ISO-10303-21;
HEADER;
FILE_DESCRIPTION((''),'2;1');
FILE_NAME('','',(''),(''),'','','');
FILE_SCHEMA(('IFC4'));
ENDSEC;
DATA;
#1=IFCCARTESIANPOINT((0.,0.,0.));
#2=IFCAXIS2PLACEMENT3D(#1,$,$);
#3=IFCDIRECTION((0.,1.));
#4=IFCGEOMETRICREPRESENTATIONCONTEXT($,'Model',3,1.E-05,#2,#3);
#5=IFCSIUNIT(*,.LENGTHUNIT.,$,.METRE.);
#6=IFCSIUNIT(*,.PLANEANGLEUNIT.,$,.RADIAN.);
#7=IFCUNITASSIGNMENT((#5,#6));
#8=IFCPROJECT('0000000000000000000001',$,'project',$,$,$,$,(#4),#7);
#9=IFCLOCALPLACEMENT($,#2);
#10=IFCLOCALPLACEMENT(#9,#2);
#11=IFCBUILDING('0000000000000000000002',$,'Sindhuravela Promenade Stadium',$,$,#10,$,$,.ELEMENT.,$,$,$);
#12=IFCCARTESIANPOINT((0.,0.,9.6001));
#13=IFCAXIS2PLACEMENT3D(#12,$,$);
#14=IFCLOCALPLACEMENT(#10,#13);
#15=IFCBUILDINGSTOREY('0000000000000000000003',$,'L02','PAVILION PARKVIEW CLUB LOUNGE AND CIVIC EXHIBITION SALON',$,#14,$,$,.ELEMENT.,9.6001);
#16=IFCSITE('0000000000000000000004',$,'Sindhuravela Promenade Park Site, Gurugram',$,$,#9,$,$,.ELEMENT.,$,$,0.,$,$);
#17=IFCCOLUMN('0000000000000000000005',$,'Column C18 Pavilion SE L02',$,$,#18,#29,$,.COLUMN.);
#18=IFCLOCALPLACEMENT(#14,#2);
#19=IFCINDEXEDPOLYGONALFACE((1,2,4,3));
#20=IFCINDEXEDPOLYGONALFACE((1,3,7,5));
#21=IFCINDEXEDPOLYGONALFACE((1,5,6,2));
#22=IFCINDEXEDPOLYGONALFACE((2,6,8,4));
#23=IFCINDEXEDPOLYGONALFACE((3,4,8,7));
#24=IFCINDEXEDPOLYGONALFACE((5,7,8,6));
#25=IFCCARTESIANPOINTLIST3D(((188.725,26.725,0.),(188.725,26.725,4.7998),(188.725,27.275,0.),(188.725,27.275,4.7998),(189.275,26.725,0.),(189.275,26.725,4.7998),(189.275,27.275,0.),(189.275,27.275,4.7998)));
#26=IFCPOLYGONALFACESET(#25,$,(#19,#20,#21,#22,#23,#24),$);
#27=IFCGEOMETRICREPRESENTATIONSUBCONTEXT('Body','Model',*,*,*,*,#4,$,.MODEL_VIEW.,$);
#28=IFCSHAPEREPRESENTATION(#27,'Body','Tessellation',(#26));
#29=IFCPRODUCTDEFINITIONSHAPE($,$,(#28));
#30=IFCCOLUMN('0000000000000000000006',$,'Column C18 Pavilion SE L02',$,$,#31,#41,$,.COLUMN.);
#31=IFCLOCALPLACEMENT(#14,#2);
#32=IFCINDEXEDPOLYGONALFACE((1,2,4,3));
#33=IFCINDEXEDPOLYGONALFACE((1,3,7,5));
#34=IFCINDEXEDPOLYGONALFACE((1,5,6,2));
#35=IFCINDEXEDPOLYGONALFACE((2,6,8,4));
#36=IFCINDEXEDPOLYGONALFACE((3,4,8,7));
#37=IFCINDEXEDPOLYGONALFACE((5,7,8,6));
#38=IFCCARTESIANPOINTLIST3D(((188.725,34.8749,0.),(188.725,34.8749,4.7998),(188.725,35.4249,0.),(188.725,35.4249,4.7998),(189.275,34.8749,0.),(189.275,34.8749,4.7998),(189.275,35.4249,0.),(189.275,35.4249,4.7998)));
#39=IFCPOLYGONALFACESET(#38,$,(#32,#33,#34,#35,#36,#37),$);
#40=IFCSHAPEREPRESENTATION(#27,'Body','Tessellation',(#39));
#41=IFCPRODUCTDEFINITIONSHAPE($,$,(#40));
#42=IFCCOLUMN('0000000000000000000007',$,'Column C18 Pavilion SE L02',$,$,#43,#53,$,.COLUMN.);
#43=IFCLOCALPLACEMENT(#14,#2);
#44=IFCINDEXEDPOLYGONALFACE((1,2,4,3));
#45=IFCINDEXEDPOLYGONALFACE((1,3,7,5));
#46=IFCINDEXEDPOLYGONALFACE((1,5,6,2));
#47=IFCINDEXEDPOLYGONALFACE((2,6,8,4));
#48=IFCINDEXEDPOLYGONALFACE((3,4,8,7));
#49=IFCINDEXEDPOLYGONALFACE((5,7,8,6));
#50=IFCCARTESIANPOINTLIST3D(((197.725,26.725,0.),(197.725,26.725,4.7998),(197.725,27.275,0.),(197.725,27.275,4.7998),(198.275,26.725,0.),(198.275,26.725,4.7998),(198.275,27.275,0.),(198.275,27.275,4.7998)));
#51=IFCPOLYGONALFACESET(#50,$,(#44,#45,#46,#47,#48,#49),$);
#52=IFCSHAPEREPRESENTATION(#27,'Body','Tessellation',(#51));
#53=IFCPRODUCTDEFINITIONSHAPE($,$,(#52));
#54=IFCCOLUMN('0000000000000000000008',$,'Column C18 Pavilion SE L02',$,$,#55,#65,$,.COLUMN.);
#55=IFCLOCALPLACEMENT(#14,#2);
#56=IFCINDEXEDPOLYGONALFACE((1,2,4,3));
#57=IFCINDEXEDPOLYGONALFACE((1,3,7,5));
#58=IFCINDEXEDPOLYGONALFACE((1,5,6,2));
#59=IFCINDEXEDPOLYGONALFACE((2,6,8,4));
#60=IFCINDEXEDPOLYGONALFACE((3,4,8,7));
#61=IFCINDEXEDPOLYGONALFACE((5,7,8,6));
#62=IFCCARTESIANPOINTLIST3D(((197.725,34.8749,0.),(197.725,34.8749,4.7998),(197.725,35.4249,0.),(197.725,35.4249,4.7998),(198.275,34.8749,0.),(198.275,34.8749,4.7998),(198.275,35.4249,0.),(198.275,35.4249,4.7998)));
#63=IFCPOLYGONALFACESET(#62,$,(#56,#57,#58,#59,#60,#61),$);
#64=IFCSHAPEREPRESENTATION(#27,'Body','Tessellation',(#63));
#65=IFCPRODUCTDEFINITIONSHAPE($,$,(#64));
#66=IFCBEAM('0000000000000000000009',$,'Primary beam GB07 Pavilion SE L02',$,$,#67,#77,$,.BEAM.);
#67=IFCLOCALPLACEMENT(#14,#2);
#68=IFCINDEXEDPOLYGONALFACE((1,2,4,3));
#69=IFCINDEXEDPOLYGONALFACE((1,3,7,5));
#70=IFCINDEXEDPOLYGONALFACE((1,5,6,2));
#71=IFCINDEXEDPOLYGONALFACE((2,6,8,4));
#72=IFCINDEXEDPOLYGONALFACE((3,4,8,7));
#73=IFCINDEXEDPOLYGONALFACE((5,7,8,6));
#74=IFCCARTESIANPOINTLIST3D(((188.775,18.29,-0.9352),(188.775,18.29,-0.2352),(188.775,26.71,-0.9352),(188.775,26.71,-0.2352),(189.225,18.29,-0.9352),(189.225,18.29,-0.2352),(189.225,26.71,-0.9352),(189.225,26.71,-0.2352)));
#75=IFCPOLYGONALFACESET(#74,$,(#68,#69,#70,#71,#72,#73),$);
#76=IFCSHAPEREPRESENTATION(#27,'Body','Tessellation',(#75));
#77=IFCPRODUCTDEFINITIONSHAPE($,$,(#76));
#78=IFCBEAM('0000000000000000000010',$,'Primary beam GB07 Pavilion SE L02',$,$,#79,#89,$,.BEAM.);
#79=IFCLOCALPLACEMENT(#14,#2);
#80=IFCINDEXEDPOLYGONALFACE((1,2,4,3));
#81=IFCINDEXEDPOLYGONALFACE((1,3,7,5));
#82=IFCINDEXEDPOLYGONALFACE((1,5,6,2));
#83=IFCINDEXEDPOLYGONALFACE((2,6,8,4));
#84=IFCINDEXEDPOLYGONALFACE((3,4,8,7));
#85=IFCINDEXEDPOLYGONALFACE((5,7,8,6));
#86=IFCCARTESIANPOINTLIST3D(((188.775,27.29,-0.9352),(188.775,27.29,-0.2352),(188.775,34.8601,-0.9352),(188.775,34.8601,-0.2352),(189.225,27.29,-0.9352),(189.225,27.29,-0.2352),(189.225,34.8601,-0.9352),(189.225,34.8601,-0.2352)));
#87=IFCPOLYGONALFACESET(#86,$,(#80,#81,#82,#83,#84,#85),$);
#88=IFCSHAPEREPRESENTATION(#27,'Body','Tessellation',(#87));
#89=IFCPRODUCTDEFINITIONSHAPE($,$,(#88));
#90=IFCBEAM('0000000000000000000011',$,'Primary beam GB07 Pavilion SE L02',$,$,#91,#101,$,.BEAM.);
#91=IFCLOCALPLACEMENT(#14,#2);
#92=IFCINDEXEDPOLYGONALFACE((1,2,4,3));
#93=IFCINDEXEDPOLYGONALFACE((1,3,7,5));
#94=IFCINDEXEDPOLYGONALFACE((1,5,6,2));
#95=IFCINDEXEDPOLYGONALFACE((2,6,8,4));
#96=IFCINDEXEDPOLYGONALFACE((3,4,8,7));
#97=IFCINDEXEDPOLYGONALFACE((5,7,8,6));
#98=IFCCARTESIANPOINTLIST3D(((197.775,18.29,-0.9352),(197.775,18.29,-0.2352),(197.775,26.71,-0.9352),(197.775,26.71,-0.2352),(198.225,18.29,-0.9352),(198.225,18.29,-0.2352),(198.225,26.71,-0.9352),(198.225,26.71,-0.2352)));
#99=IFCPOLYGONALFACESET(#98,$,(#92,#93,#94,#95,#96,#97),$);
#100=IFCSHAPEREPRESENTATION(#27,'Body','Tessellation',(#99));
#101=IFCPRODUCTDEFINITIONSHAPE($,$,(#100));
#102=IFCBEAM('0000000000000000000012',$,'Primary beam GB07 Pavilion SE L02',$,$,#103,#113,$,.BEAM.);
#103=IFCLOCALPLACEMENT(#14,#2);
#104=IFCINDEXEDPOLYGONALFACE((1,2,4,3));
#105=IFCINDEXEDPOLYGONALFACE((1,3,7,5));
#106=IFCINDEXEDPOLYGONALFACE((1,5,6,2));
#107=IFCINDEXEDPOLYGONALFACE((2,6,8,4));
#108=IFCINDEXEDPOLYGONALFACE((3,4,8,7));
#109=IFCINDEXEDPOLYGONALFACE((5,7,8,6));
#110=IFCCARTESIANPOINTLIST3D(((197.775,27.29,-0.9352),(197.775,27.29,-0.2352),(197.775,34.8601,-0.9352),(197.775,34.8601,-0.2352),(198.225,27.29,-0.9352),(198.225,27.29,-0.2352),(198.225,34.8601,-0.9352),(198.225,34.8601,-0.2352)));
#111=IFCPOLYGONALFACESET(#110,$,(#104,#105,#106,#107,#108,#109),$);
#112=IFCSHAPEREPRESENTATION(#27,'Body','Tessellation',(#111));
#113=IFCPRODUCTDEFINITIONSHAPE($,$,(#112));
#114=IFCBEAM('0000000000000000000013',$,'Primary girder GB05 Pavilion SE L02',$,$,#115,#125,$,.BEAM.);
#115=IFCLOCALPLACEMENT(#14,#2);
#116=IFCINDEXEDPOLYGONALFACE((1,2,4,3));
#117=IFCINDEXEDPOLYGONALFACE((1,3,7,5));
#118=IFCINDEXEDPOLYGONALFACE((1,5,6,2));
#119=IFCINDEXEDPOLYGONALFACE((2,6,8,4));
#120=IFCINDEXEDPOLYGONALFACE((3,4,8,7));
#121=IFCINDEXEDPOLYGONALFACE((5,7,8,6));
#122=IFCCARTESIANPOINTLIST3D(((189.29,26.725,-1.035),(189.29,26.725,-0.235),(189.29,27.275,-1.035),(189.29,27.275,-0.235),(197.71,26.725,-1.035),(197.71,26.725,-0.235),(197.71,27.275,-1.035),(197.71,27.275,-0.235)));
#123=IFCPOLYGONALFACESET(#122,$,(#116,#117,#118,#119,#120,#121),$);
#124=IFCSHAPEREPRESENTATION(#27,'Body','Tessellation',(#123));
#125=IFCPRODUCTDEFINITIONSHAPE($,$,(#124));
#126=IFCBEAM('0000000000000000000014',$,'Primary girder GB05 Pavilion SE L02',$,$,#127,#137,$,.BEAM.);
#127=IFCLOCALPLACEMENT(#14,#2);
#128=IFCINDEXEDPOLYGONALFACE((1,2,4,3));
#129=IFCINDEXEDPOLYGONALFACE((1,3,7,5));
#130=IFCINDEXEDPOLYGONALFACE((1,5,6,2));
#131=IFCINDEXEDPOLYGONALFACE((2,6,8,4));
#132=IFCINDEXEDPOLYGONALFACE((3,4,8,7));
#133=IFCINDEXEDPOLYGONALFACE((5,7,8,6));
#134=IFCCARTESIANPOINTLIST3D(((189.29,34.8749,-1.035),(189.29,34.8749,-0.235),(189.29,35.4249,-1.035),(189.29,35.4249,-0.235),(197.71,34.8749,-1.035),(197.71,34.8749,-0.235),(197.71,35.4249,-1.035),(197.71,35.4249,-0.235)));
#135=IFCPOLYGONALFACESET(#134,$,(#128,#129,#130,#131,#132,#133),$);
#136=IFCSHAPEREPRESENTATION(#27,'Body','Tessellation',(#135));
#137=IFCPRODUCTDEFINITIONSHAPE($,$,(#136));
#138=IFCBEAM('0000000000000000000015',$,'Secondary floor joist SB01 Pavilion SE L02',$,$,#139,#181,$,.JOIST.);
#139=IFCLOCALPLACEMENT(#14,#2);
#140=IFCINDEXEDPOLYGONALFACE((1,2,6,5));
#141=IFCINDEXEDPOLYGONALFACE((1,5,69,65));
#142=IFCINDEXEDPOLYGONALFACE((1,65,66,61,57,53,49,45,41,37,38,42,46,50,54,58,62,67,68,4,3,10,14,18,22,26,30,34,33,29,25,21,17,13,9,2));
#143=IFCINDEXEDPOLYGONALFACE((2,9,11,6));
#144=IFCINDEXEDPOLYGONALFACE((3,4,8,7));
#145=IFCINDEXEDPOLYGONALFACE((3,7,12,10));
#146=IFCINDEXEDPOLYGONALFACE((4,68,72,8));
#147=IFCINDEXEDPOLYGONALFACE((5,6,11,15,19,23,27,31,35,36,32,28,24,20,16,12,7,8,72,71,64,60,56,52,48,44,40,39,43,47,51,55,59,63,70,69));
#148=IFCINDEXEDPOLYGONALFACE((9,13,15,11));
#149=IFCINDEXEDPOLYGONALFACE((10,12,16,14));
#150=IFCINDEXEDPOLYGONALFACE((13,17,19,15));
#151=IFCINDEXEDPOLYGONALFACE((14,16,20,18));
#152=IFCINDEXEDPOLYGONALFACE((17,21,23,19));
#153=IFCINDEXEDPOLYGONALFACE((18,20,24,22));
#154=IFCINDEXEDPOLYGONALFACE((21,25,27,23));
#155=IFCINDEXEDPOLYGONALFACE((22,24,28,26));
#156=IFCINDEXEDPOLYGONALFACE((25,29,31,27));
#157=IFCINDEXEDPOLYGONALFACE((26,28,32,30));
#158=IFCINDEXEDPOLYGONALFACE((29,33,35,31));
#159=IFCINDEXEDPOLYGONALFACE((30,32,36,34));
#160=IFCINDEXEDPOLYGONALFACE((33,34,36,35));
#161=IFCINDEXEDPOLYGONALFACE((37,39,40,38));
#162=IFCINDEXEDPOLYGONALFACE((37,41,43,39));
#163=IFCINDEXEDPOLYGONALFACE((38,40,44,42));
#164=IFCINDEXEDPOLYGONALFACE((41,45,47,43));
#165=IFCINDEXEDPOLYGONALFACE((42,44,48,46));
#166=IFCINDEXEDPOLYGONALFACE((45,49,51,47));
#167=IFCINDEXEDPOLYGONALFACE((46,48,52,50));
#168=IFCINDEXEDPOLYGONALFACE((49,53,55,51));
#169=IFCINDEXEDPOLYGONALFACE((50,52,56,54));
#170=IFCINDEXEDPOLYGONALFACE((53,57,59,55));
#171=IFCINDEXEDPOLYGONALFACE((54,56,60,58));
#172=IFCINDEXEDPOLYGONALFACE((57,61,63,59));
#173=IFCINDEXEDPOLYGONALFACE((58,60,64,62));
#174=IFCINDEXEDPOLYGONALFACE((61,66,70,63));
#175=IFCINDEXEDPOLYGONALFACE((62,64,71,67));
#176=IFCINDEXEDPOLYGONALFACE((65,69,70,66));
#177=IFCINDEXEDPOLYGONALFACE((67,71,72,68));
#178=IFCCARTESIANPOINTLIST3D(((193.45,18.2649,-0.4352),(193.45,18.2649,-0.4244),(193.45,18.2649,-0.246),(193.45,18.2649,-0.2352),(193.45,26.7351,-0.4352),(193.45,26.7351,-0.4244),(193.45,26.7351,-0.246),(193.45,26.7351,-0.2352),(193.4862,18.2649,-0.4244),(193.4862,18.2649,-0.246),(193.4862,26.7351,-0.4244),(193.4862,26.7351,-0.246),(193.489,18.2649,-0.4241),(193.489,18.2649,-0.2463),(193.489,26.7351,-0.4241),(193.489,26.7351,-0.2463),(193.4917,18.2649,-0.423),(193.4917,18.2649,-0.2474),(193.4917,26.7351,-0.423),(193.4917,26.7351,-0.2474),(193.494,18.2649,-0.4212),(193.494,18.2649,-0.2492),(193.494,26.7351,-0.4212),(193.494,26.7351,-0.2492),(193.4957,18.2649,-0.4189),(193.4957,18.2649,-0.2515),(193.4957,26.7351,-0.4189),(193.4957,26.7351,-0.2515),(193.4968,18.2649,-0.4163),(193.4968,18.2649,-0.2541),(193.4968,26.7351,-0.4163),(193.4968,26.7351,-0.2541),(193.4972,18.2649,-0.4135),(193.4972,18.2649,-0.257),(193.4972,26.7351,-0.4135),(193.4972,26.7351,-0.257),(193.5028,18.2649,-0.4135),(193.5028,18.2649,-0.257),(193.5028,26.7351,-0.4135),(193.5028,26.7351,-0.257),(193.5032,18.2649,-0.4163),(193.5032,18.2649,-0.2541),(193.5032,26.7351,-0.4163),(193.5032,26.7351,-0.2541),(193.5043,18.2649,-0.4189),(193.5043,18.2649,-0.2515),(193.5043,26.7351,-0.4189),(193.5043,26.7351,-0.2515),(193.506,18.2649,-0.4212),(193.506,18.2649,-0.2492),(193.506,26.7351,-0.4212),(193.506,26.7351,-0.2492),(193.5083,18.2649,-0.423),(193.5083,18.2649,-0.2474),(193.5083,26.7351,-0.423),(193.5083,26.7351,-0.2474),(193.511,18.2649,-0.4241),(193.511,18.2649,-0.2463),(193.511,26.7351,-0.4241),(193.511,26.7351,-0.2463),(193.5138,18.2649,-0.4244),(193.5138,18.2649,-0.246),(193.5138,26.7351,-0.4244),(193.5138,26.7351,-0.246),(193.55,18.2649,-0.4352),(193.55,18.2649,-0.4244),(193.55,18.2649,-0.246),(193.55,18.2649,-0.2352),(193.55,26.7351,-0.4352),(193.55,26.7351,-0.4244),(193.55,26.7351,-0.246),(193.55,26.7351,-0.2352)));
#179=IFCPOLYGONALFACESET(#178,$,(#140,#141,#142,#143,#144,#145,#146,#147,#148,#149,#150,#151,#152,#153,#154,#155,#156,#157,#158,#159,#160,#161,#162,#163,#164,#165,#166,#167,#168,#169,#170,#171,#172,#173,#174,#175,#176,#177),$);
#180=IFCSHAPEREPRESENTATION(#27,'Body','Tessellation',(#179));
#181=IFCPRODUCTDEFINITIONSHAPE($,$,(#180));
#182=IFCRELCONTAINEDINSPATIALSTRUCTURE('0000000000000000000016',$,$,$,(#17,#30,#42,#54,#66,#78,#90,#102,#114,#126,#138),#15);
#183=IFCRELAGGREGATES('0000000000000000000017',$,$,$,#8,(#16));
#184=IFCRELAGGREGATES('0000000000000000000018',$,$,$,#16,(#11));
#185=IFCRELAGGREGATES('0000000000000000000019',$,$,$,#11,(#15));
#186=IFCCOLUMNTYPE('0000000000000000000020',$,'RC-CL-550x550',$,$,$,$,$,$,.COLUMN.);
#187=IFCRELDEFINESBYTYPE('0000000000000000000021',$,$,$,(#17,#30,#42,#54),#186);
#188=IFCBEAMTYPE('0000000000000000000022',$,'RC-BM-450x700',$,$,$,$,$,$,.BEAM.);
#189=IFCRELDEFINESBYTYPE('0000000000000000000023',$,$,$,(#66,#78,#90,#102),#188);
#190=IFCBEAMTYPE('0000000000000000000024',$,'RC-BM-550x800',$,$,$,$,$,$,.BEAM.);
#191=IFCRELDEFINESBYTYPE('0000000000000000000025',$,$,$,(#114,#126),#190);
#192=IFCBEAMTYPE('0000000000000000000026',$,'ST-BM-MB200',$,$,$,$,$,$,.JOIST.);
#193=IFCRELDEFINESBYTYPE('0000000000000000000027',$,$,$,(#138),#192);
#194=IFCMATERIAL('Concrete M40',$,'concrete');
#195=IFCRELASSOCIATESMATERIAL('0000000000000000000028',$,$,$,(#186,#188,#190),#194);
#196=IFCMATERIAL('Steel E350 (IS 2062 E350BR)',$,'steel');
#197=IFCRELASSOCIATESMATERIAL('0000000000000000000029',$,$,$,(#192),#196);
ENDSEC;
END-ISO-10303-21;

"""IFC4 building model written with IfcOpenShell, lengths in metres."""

from ifc_helpers import new_model, si_unit, direction, frame, origin, origin_2d, place, context, subcontext, project, spatial, rectangle, i_section, extrude, material, material_profile, profile_set, type_object, element, save


model = new_model("IFC4")

# Units and contexts
model_context = context("Model", 3, precision=1e-05, world=origin(), true_north=direction((0.0, 1.0)))
body_context = subcontext(model_context, "Body", "Model", "MODEL_VIEW")
ifc_project = project(units=[si_unit("LENGTHUNIT", "METRE"), si_unit("PLANEANGLEUNIT", "RADIAN")], contexts=[model_context])

# Site, building, storey
site_placement = place(None, origin())
site = spatial("IfcSite", under=ifc_project, at=site_placement, Name="Sindhuravela Promenade Park Site, Gurugram", CompositionType="ELEMENT", RefElevation=0.0)
building_placement = place(site_placement, origin())
building = spatial("IfcBuilding", under=site, at=building_placement, Name="Sindhuravela Promenade Stadium", CompositionType="ELEMENT")
storey_placement = place(building_placement, frame((0.0, 0.0, 9.6001)))
storey = spatial("IfcBuildingStorey", under=building, at=storey_placement, Name="L02", Description="PAVILION PARKVIEW CLUB LOUNGE AND CIVIC EXHIBITION SALON", CompositionType="ELEMENT", Elevation=9.6001)

# Columns
ifc_material_1 = material(Name="Concrete M40", Category="concrete")
ifc_material_profile_1 = material_profile(ifc_material_1, rectangle(XDim=0.55, YDim=0.55, at=origin_2d()), Name="RC 550x550")
ifc_profile_set_1 = profile_set([ifc_material_profile_1], Name="Concrete M40")
column_type = type_object("IfcColumnType", Name="RC-CL-550x550", PredefinedType="COLUMN", material=ifc_profile_set_1)
for number, where, z_axis, x_axis, name in (
    (1, (189.0, 27.0, 0.0), (0.0, 0.0, 1.0), (1.0, 0.0, 0.0), "Column C18 Pavilion SE L02"),
    (2, (189.0, 35.1499, 0.0), (0.0, 0.0, 1.0), (1.0, 0.0, 0.0), "Column C18 Pavilion SE L02"),
    (3, (198.0, 27.0, 0.0), (0.0, 0.0, 1.0), (1.0, 0.0, 0.0), "Column C18 Pavilion SE L02"),
    (4, (198.0, 35.1499, 0.0), (0.0, 0.0, 1.0), (1.0, 0.0, 0.0), "Column C18 Pavilion SE L02"),
):
    element("IfcColumn", number, at=place(storey_placement, frame(where, z_axis=z_axis, x_axis=x_axis)), inside=storey, type_object=column_type, Name=name, PredefinedType="COLUMN", context=body_context, shape_type="SweptSolid", body=[
        extrude(rectangle(XDim=0.55, YDim=0.55, at=origin_2d()), origin(), (0.0, 0.0, 1.0), 4.7998),
    ])

# Beams
ifc_material_profile_2 = material_profile(ifc_material_1, rectangle(XDim=0.45, YDim=0.7, at=origin_2d()), Name="RC 450x700")
ifc_profile_set_2 = profile_set([ifc_material_profile_2], Name="Concrete M40")
beam_type_1 = type_object("IfcBeamType", Name="RC-BM-450x700", PredefinedType="BEAM", material=ifc_profile_set_2)
beam_1_placement = place(storey_placement, frame((189.0, 18.29, -0.5852), z_axis=(0.0, 1.0, 0.0), x_axis=(-1.0, 0.0, 0.0)))
element("IfcBeam", 5, at=beam_1_placement, inside=storey, type_object=beam_type_1, Name="Primary beam GB07 Pavilion SE L02", PredefinedType="BEAM", context=body_context, shape_type="SweptSolid", body=[
    extrude(rectangle(XDim=0.45, YDim=0.7, at=origin_2d()), origin(), (0.0, 0.0, 1.0), 8.4199),
])
beam_2_placement = place(storey_placement, frame((189.0, 27.29, -0.5852), z_axis=(0.0, 1.0, 0.0), x_axis=(-1.0, 0.0, 0.0)))
element("IfcBeam", 6, at=beam_2_placement, inside=storey, type_object=beam_type_1, Name="Primary beam GB07 Pavilion SE L02", PredefinedType="BEAM", context=body_context, shape_type="SweptSolid", body=[
    extrude(rectangle(XDim=0.45, YDim=0.7, at=origin_2d()), origin(), (0.0, 0.0, 1.0), 7.5701),
])
beam_3_placement = place(storey_placement, frame((198.0, 18.29, -0.5852), z_axis=(0.0, 1.0, 0.0), x_axis=(-1.0, 0.0, 0.0)))
element("IfcBeam", 7, at=beam_3_placement, inside=storey, type_object=beam_type_1, Name="Primary beam GB07 Pavilion SE L02", PredefinedType="BEAM", context=body_context, shape_type="SweptSolid", body=[
    extrude(rectangle(XDim=0.45, YDim=0.7, at=origin_2d()), origin(), (0.0, 0.0, 1.0), 8.4199),
])
beam_4_placement = place(storey_placement, frame((198.0, 27.29, -0.5852), z_axis=(0.0, 1.0, 0.0), x_axis=(-1.0, 0.0, 0.0)))
element("IfcBeam", 8, at=beam_4_placement, inside=storey, type_object=beam_type_1, Name="Primary beam GB07 Pavilion SE L02", PredefinedType="BEAM", context=body_context, shape_type="SweptSolid", body=[
    extrude(rectangle(XDim=0.45, YDim=0.7, at=origin_2d()), origin(), (0.0, 0.0, 1.0), 7.5701),
])
ifc_material_profile_3 = material_profile(ifc_material_1, rectangle(XDim=0.55, YDim=0.8, at=origin_2d()), Name="RC 550x800")
ifc_profile_set_3 = profile_set([ifc_material_profile_3], Name="Concrete M40")
beam_type_2 = type_object("IfcBeamType", Name="RC-BM-550x800", PredefinedType="BEAM", material=ifc_profile_set_3)
for number, where, z_axis, x_axis, name in (
    (9, (189.29, 27.0, -0.635), (1.0, 0.0, 0.0), (0.0, 1.0, 0.0), "Primary girder GB05 Pavilion SE L02"),
    (10, (189.29, 35.1499, -0.635), (1.0, 0.0, 0.0), (0.0, 1.0, 0.0), "Primary girder GB05 Pavilion SE L02"),
):
    element("IfcBeam", number, at=place(storey_placement, frame(where, z_axis=z_axis, x_axis=x_axis)), inside=storey, type_object=beam_type_2, Name=name, PredefinedType="BEAM", context=body_context, shape_type="SweptSolid", body=[
        extrude(rectangle(XDim=0.55, YDim=0.8, at=origin_2d()), origin(), (0.0, 0.0, 1.0), 8.4199),
    ])
ifc_material_2 = material(Name="Steel E350 (IS 2062 E350BR)", Category="steel")
ifc_material_profile_4 = material_profile(ifc_material_2, i_section(OverallWidth=0.1001, OverallDepth=0.2, WebThickness=0.0056, FlangeThickness=0.0107, FilletRadius=0.011, at=origin_2d()), Name="ISMB 200")
ifc_profile_set_4 = profile_set([ifc_material_profile_4], Name="Steel E350 (IS 2062 E350BR)")
beam_type_3 = type_object("IfcBeamType", Name="ST-BM-MB200", PredefinedType="JOIST", material=ifc_profile_set_4)
beam_5_placement = place(storey_placement, frame((193.5, 18.2649, -0.3352), z_axis=(0.0, 1.0, 0.0), x_axis=(-1.0, 0.0, 0.0)))
element("IfcBeam", 11, at=beam_5_placement, inside=storey, type_object=beam_type_3, Name="Secondary floor joist SB01 Pavilion SE L02", PredefinedType="JOIST", context=body_context, shape_type="SweptSolid", body=[
    extrude(i_section(OverallWidth=0.1001, OverallDepth=0.2, WebThickness=0.0056, FlangeThickness=0.0107, FilletRadius=0.011, at=origin_2d()), origin(), (0.0, 0.0, 1.0), 8.4702),
])

save(model, "model.ifc")
